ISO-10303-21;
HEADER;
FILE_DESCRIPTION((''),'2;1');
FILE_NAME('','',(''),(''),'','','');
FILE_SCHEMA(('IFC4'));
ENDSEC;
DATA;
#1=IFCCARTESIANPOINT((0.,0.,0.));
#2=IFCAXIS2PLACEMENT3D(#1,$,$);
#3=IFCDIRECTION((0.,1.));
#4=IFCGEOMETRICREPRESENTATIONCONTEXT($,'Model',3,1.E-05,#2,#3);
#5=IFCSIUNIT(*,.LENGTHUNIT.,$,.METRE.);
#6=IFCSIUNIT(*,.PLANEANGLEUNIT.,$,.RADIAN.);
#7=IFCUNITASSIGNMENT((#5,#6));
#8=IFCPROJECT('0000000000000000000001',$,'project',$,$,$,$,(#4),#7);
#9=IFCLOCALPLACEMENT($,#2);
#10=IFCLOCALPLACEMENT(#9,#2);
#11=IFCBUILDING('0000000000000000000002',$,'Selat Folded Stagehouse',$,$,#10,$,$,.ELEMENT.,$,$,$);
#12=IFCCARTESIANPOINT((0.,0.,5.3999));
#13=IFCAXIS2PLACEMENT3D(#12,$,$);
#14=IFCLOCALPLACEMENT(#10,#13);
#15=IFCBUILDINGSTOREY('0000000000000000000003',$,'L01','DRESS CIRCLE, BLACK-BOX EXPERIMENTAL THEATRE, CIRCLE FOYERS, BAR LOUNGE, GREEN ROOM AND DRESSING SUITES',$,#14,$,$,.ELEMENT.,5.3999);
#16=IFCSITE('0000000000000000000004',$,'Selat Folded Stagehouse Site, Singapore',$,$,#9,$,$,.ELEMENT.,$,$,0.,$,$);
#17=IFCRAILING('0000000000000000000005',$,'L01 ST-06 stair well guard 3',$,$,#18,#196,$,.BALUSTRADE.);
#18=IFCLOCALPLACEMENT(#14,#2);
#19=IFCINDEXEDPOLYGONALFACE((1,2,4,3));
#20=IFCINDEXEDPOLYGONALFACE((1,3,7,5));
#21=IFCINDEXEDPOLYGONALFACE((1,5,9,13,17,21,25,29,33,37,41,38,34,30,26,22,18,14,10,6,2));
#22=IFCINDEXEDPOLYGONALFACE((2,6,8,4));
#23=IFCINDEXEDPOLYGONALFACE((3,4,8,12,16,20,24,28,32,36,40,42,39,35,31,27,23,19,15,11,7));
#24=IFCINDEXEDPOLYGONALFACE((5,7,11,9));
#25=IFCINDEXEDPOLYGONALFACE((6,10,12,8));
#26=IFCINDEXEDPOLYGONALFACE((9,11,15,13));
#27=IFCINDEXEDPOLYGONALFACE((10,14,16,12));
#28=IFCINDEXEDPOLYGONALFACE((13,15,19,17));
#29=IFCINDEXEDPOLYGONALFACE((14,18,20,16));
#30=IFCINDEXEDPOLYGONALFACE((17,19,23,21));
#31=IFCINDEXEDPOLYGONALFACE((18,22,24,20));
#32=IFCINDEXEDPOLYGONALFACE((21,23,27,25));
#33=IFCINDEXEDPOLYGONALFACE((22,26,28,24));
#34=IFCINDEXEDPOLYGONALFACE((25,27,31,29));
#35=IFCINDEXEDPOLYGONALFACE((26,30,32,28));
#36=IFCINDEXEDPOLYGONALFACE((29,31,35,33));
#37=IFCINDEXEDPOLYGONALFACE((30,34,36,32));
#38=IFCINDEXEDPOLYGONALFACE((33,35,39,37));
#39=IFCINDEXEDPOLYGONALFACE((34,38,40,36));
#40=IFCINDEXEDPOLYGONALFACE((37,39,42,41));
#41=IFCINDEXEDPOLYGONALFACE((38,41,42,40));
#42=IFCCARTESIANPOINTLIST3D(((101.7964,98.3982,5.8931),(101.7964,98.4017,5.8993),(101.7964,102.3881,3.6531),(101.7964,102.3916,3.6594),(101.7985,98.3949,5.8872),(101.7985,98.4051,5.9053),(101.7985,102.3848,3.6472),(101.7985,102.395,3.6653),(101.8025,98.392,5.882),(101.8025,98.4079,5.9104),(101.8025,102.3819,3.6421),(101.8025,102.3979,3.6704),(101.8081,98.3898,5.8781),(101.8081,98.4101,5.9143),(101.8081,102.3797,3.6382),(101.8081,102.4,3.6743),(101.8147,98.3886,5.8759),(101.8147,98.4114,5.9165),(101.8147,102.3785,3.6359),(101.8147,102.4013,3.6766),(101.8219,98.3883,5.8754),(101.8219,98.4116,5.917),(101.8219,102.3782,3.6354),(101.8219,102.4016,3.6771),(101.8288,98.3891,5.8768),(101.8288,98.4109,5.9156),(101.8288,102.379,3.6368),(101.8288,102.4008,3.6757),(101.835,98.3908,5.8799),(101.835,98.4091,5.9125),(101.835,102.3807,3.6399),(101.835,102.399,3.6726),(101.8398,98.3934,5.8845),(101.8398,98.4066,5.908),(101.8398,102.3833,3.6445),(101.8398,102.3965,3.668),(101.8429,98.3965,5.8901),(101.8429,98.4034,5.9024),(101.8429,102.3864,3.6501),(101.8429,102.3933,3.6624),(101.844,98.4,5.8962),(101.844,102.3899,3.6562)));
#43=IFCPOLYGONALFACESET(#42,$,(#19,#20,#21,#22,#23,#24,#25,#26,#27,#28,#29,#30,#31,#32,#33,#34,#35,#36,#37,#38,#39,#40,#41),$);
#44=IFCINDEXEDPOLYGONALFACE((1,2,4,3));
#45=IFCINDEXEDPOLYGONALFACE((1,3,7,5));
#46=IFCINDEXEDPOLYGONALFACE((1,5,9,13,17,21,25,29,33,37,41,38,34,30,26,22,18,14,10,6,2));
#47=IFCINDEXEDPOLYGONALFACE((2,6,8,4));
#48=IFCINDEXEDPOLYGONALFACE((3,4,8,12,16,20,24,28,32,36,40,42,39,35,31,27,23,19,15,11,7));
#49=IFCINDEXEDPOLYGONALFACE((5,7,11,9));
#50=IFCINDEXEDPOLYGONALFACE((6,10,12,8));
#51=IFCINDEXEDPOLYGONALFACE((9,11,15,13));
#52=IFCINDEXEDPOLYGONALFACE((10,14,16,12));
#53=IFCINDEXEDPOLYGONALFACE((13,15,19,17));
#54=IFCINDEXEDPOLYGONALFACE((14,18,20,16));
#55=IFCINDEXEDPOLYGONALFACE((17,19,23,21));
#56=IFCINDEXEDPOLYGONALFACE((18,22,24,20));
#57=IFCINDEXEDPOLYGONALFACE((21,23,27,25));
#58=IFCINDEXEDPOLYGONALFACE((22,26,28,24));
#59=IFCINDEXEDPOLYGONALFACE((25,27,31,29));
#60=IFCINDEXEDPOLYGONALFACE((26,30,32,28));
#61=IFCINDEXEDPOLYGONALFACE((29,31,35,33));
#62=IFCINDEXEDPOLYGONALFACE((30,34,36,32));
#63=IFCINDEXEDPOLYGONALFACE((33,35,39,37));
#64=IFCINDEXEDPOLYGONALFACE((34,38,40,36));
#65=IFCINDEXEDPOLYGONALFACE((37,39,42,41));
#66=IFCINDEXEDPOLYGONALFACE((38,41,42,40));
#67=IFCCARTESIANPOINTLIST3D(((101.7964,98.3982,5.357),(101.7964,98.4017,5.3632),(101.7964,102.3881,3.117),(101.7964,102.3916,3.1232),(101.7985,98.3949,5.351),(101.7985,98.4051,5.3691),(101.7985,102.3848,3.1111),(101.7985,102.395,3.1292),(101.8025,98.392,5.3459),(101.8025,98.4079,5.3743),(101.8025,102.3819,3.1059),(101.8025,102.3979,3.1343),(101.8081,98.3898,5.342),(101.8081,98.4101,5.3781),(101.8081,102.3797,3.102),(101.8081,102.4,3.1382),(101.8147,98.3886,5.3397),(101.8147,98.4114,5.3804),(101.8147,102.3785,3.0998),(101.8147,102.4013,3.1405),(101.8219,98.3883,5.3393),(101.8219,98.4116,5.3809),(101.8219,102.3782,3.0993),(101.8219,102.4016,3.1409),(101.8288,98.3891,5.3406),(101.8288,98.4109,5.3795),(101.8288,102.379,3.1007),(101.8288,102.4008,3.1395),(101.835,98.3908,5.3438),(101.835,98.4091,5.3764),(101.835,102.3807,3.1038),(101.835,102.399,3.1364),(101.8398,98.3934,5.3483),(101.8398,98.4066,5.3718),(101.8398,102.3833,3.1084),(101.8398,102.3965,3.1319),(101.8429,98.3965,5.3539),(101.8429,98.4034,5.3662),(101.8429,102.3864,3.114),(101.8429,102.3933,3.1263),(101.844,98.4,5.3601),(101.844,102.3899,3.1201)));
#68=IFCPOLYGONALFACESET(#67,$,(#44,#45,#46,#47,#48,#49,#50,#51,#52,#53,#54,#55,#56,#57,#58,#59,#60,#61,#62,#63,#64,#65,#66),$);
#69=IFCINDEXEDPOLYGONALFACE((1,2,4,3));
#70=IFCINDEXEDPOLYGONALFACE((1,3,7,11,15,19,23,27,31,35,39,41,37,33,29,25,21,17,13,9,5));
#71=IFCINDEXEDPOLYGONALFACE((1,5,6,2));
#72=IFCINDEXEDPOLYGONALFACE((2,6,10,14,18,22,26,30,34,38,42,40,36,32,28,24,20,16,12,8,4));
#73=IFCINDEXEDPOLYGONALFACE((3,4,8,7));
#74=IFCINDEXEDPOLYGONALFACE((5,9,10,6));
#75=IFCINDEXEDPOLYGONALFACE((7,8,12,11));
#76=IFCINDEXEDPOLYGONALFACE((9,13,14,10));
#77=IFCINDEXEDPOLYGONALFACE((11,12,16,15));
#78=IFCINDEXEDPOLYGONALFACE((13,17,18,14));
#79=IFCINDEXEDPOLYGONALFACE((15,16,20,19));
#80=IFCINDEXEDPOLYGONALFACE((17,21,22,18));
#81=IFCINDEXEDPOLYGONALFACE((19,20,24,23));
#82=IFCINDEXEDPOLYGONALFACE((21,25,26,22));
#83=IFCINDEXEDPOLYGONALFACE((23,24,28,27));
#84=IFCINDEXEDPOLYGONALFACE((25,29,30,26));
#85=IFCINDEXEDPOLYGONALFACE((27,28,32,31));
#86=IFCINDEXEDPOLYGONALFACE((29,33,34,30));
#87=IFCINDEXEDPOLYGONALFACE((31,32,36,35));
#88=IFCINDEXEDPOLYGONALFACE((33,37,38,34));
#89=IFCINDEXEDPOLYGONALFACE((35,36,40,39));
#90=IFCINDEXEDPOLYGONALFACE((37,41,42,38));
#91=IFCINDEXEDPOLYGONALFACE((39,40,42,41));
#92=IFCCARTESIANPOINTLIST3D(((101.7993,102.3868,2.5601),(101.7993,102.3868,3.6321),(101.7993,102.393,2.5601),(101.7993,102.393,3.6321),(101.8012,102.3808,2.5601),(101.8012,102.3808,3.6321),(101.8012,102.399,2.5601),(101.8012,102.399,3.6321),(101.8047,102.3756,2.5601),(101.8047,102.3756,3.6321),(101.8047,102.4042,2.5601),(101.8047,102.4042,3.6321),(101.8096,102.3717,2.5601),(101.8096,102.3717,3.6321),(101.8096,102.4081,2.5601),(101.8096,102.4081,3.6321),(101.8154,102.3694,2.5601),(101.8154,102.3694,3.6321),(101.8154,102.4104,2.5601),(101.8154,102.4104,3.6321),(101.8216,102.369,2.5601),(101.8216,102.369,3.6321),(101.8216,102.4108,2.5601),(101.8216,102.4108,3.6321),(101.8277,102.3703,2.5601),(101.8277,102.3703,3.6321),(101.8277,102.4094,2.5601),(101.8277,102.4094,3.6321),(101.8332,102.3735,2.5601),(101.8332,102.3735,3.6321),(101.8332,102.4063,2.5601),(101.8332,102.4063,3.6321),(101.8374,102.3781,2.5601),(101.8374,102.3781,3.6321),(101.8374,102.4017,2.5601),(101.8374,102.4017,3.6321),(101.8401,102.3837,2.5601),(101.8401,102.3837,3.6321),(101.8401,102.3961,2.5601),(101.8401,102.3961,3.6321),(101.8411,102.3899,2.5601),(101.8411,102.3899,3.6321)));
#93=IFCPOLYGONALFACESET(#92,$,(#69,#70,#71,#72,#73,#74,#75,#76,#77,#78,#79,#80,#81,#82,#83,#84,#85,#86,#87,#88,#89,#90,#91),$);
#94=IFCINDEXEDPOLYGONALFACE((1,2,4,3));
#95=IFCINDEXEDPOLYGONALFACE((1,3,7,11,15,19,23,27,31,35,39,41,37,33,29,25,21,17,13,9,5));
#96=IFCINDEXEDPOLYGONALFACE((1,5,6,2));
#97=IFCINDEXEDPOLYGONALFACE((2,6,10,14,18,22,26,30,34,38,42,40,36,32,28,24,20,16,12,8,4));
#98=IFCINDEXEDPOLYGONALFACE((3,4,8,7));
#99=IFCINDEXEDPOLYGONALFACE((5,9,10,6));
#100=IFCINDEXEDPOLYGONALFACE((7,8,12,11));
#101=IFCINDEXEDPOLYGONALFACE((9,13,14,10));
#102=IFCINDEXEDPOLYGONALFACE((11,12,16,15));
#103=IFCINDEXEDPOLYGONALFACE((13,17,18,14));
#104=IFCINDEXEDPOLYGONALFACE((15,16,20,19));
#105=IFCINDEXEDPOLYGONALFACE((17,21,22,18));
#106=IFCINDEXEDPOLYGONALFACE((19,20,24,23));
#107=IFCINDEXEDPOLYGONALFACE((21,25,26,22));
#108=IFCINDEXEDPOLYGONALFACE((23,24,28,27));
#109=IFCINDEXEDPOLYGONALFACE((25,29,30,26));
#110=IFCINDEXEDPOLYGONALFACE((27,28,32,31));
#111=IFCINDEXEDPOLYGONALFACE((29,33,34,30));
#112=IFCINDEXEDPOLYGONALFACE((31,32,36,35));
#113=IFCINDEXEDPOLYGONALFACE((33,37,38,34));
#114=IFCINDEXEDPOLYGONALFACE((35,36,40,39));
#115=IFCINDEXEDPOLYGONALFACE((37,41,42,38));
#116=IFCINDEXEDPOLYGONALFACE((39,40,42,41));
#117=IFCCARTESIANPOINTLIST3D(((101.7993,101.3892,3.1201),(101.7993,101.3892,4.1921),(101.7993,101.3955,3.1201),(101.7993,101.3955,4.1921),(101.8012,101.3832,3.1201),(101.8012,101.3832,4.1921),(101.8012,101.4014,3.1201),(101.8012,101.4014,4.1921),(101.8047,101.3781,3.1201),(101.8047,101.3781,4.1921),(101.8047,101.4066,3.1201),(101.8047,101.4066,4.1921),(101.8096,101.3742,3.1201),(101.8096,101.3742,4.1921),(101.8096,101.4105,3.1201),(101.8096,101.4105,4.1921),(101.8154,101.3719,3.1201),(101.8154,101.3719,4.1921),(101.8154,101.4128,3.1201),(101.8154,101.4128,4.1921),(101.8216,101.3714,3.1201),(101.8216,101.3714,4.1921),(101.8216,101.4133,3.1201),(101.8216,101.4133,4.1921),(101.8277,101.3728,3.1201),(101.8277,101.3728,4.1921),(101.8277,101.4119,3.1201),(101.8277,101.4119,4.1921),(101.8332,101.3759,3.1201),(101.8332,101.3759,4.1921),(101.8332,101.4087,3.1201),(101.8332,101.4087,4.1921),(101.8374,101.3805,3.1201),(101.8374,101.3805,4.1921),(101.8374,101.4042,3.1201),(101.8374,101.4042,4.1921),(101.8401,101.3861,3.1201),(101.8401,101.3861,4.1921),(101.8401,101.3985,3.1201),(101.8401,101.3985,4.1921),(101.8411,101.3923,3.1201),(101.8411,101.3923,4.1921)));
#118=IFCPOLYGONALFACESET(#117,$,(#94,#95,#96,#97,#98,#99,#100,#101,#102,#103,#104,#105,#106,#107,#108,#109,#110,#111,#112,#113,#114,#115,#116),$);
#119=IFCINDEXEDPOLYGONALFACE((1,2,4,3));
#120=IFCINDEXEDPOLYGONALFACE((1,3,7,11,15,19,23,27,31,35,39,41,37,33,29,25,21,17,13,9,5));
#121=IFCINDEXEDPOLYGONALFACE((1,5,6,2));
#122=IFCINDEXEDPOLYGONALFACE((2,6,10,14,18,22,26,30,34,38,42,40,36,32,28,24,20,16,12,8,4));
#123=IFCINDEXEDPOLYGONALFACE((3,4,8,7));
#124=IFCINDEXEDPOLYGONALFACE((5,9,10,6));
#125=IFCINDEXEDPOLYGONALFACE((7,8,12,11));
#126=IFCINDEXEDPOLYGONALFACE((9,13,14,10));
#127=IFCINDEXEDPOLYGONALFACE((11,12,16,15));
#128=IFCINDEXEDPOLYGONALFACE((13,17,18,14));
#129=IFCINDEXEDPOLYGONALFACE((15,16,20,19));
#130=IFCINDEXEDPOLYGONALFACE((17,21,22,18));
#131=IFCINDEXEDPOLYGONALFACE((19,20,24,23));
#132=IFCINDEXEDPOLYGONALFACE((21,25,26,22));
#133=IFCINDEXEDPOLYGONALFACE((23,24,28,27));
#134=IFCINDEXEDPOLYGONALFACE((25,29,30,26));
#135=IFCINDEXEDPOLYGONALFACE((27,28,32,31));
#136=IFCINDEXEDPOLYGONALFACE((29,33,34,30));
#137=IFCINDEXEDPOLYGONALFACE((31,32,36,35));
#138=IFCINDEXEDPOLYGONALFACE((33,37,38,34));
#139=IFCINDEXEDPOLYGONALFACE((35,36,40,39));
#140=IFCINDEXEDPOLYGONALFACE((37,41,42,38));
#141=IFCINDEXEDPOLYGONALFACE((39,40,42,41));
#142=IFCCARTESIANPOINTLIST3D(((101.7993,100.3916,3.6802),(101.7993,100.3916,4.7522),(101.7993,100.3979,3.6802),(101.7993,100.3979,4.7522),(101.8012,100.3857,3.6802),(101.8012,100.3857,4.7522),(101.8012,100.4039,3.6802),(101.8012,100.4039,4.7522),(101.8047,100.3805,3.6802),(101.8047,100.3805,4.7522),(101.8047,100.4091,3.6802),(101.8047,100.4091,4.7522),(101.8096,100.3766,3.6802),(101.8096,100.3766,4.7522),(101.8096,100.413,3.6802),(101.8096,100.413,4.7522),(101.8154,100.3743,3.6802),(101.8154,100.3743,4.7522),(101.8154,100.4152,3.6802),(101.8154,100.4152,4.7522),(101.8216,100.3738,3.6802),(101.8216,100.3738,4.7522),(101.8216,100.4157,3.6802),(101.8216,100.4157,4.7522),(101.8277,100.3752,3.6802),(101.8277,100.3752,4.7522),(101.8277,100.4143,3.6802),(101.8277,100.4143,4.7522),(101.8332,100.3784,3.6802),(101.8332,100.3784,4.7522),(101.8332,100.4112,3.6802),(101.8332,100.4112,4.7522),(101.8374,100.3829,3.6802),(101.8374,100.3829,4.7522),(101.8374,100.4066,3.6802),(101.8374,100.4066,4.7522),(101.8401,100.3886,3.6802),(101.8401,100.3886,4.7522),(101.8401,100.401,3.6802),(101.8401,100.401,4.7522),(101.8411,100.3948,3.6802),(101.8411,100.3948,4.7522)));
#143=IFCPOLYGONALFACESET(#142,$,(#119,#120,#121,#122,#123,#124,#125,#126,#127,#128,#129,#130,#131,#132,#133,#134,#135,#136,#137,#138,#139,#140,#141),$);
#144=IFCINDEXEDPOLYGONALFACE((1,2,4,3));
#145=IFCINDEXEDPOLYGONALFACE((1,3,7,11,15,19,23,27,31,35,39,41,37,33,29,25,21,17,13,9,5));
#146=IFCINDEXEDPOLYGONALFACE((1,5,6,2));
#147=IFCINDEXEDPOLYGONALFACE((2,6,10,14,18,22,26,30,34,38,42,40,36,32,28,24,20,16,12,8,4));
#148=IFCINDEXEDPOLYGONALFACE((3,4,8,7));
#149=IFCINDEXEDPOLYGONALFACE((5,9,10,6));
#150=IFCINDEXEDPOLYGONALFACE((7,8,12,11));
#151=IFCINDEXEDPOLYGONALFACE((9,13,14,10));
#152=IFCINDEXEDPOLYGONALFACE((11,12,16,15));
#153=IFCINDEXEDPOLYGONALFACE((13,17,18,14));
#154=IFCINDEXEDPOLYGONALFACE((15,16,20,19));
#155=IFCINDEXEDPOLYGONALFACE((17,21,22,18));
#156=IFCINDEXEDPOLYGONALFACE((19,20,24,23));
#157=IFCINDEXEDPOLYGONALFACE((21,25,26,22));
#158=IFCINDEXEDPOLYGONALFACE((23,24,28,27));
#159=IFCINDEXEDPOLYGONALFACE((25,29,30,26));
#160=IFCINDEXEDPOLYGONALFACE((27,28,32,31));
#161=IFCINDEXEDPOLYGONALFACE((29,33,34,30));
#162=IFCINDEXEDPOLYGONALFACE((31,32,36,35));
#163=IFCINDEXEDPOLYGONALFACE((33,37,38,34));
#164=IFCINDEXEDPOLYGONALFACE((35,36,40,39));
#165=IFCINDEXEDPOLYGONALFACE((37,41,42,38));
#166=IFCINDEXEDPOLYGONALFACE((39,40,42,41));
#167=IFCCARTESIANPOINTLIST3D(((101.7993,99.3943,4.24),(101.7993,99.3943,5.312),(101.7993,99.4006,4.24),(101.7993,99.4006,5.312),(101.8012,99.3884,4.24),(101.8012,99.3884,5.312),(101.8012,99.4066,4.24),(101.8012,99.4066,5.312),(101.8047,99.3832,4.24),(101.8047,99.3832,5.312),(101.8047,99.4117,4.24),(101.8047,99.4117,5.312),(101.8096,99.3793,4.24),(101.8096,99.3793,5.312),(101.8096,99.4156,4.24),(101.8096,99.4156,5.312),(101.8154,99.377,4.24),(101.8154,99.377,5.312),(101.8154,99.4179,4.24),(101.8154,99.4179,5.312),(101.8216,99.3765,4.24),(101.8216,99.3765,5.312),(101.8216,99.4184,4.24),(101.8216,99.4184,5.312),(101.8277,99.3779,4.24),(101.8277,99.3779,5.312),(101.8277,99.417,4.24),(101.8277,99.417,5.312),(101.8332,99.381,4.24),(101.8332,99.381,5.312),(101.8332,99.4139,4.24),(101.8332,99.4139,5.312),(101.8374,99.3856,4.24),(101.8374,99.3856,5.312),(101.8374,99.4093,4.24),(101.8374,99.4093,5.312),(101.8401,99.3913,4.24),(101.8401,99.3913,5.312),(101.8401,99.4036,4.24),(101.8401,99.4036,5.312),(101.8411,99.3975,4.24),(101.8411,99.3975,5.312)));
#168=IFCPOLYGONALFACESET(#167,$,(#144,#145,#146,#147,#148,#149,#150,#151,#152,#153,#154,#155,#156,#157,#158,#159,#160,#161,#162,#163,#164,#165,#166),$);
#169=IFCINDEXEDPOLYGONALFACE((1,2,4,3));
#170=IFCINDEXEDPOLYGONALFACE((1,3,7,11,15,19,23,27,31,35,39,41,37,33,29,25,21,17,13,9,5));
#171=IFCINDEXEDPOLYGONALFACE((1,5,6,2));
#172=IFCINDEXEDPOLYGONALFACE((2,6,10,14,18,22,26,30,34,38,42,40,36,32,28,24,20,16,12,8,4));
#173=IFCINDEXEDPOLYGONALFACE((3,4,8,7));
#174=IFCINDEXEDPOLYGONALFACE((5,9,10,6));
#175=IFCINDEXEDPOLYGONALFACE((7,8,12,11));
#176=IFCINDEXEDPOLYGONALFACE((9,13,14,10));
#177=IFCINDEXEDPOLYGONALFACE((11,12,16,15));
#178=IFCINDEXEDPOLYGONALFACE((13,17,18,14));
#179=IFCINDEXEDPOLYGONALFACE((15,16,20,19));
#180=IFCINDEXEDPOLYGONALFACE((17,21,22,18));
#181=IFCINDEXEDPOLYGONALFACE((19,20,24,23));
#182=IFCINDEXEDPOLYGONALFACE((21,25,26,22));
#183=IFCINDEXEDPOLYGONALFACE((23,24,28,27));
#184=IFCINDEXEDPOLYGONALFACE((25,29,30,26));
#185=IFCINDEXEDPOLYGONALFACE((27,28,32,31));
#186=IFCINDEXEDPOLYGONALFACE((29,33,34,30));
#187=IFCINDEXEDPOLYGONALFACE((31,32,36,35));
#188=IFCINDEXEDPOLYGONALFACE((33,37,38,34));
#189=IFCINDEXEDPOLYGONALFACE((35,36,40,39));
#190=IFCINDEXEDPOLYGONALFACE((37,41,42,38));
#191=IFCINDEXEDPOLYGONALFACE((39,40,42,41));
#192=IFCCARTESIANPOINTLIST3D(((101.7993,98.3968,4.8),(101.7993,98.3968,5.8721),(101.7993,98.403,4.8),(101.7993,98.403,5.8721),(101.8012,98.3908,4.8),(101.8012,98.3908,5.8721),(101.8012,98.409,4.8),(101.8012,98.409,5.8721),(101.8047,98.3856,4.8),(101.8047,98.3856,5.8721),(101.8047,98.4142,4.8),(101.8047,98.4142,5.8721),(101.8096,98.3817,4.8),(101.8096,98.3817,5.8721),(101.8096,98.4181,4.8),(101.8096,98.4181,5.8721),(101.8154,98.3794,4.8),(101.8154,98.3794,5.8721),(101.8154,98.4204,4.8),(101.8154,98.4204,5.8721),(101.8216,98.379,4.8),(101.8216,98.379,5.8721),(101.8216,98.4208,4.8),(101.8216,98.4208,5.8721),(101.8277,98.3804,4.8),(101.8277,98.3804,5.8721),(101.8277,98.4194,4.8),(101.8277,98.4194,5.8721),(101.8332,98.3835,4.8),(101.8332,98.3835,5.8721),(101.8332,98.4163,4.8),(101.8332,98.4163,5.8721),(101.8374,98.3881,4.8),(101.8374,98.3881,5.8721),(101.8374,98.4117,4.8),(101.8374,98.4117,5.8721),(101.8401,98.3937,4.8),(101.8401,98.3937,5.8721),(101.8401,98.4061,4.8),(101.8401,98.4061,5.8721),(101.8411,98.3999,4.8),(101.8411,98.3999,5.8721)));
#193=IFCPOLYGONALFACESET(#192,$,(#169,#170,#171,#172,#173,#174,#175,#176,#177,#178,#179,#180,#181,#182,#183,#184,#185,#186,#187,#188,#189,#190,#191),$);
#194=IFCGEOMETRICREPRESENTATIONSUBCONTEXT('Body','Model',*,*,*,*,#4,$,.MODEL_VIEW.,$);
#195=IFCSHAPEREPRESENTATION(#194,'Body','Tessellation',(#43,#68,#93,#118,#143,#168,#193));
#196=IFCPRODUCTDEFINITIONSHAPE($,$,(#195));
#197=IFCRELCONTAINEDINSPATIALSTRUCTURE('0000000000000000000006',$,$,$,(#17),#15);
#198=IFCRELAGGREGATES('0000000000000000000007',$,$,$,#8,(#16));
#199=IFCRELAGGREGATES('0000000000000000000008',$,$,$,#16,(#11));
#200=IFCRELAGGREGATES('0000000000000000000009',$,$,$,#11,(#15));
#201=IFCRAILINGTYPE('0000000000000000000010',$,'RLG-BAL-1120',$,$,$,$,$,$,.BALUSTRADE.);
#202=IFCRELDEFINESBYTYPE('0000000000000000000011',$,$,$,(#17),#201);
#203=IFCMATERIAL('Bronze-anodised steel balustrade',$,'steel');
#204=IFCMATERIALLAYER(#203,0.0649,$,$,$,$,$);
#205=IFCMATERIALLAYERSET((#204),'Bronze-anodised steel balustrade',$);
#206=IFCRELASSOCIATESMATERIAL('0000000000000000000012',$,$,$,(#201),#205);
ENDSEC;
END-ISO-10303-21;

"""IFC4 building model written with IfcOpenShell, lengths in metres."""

from ifc_helpers import new_model, si_unit, direction, frame, origin, origin_2d, place, context, subcontext, project, spatial, circle, extrude, material, layer, layer_set, type_object, element, save


model = new_model("IFC4")

# Units and contexts
model_context = context("Model", 3, precision=1e-05, world=origin(), true_north=direction((0.0, 1.0)))
body_context = subcontext(model_context, "Body", "Model", "MODEL_VIEW")
ifc_project = project(units=[si_unit("LENGTHUNIT", "METRE"), si_unit("PLANEANGLEUNIT", "RADIAN")], contexts=[model_context])

# Site, building, storey
site_placement = place(None, origin())
site = spatial("IfcSite", under=ifc_project, at=site_placement, Name="Selat Folded Stagehouse Site, Singapore", CompositionType="ELEMENT", RefElevation=0.0)
building_placement = place(site_placement, origin())
building = spatial("IfcBuilding", under=site, at=building_placement, Name="Selat Folded Stagehouse", CompositionType="ELEMENT")
storey_placement = place(building_placement, frame((0.0, 0.0, 5.3999)))
storey = spatial("IfcBuildingStorey", under=building, at=storey_placement, Name="L01", Description="DRESS CIRCLE, BLACK-BOX EXPERIMENTAL THEATRE, CIRCLE FOYERS, BAR LOUNGE, GREEN ROOM AND DRESSING SUITES", CompositionType="ELEMENT", Elevation=5.3999)

# Railing
ifc_material_1 = material(Name="Bronze-anodised steel balustrade", Category="steel")
ifc_layer_1 = layer(ifc_material_1, 0.0649)
ifc_layer_set_1 = layer_set([ifc_layer_1], Name="Bronze-anodised steel balustrade")
railing_type_1 = type_object("IfcRailingType", Name="RLG-BAL-1120", PredefinedType="BALUSTRADE", material=ifc_layer_set_1)
railing_1_placement = place(storey_placement, frame((101.8201, 102.3899, 2.5601)))
element("IfcRailing", 1, at=railing_1_placement, inside=storey, type_object=railing_type_1, Name="L01 ST-06 stair well guard 3", PredefinedType="BALUSTRADE", context=body_context, shape_type="SweptSolid", body=[
    extrude(circle(Radius=0.0239, at=origin_2d()), frame((0.0, 0.0, 1.0962), z_axis=(0.0, -0.871984, 0.489534), x_axis=(1.0, 0.0, 0.0)), (0.0, 0.0, 1.0), 4.5757),
    extrude(circle(Radius=0.0239, at=origin_2d()), frame((0.0, 0.0, 0.5601), z_axis=(0.0, -0.871984, 0.489534), x_axis=(1.0, 0.0, 0.0)), (0.0, 0.0, 1.0), 4.5757),
    extrude(circle(Radius=0.021, at=origin_2d()), origin(), (0.0, 0.0, 1.0), 1.072),
    extrude(circle(Radius=0.021, at=origin_2d()), frame((0.0, -0.9976, 0.5601)), (0.0, 0.0, 1.0), 1.072),
    extrude(circle(Radius=0.021, at=origin_2d()), frame((0.0, -1.9951, 1.1201)), (0.0, 0.0, 1.0), 1.072),
    extrude(circle(Radius=0.021, at=origin_2d()), frame((0.0, -2.9924, 1.6799)), (0.0, 0.0, 1.0), 1.072),
    extrude(circle(Radius=0.021, at=origin_2d()), frame((0.0, -3.99, 2.24)), (0.0, 0.0, 1.0), 1.072),
])

save(model, "model.ifc")
